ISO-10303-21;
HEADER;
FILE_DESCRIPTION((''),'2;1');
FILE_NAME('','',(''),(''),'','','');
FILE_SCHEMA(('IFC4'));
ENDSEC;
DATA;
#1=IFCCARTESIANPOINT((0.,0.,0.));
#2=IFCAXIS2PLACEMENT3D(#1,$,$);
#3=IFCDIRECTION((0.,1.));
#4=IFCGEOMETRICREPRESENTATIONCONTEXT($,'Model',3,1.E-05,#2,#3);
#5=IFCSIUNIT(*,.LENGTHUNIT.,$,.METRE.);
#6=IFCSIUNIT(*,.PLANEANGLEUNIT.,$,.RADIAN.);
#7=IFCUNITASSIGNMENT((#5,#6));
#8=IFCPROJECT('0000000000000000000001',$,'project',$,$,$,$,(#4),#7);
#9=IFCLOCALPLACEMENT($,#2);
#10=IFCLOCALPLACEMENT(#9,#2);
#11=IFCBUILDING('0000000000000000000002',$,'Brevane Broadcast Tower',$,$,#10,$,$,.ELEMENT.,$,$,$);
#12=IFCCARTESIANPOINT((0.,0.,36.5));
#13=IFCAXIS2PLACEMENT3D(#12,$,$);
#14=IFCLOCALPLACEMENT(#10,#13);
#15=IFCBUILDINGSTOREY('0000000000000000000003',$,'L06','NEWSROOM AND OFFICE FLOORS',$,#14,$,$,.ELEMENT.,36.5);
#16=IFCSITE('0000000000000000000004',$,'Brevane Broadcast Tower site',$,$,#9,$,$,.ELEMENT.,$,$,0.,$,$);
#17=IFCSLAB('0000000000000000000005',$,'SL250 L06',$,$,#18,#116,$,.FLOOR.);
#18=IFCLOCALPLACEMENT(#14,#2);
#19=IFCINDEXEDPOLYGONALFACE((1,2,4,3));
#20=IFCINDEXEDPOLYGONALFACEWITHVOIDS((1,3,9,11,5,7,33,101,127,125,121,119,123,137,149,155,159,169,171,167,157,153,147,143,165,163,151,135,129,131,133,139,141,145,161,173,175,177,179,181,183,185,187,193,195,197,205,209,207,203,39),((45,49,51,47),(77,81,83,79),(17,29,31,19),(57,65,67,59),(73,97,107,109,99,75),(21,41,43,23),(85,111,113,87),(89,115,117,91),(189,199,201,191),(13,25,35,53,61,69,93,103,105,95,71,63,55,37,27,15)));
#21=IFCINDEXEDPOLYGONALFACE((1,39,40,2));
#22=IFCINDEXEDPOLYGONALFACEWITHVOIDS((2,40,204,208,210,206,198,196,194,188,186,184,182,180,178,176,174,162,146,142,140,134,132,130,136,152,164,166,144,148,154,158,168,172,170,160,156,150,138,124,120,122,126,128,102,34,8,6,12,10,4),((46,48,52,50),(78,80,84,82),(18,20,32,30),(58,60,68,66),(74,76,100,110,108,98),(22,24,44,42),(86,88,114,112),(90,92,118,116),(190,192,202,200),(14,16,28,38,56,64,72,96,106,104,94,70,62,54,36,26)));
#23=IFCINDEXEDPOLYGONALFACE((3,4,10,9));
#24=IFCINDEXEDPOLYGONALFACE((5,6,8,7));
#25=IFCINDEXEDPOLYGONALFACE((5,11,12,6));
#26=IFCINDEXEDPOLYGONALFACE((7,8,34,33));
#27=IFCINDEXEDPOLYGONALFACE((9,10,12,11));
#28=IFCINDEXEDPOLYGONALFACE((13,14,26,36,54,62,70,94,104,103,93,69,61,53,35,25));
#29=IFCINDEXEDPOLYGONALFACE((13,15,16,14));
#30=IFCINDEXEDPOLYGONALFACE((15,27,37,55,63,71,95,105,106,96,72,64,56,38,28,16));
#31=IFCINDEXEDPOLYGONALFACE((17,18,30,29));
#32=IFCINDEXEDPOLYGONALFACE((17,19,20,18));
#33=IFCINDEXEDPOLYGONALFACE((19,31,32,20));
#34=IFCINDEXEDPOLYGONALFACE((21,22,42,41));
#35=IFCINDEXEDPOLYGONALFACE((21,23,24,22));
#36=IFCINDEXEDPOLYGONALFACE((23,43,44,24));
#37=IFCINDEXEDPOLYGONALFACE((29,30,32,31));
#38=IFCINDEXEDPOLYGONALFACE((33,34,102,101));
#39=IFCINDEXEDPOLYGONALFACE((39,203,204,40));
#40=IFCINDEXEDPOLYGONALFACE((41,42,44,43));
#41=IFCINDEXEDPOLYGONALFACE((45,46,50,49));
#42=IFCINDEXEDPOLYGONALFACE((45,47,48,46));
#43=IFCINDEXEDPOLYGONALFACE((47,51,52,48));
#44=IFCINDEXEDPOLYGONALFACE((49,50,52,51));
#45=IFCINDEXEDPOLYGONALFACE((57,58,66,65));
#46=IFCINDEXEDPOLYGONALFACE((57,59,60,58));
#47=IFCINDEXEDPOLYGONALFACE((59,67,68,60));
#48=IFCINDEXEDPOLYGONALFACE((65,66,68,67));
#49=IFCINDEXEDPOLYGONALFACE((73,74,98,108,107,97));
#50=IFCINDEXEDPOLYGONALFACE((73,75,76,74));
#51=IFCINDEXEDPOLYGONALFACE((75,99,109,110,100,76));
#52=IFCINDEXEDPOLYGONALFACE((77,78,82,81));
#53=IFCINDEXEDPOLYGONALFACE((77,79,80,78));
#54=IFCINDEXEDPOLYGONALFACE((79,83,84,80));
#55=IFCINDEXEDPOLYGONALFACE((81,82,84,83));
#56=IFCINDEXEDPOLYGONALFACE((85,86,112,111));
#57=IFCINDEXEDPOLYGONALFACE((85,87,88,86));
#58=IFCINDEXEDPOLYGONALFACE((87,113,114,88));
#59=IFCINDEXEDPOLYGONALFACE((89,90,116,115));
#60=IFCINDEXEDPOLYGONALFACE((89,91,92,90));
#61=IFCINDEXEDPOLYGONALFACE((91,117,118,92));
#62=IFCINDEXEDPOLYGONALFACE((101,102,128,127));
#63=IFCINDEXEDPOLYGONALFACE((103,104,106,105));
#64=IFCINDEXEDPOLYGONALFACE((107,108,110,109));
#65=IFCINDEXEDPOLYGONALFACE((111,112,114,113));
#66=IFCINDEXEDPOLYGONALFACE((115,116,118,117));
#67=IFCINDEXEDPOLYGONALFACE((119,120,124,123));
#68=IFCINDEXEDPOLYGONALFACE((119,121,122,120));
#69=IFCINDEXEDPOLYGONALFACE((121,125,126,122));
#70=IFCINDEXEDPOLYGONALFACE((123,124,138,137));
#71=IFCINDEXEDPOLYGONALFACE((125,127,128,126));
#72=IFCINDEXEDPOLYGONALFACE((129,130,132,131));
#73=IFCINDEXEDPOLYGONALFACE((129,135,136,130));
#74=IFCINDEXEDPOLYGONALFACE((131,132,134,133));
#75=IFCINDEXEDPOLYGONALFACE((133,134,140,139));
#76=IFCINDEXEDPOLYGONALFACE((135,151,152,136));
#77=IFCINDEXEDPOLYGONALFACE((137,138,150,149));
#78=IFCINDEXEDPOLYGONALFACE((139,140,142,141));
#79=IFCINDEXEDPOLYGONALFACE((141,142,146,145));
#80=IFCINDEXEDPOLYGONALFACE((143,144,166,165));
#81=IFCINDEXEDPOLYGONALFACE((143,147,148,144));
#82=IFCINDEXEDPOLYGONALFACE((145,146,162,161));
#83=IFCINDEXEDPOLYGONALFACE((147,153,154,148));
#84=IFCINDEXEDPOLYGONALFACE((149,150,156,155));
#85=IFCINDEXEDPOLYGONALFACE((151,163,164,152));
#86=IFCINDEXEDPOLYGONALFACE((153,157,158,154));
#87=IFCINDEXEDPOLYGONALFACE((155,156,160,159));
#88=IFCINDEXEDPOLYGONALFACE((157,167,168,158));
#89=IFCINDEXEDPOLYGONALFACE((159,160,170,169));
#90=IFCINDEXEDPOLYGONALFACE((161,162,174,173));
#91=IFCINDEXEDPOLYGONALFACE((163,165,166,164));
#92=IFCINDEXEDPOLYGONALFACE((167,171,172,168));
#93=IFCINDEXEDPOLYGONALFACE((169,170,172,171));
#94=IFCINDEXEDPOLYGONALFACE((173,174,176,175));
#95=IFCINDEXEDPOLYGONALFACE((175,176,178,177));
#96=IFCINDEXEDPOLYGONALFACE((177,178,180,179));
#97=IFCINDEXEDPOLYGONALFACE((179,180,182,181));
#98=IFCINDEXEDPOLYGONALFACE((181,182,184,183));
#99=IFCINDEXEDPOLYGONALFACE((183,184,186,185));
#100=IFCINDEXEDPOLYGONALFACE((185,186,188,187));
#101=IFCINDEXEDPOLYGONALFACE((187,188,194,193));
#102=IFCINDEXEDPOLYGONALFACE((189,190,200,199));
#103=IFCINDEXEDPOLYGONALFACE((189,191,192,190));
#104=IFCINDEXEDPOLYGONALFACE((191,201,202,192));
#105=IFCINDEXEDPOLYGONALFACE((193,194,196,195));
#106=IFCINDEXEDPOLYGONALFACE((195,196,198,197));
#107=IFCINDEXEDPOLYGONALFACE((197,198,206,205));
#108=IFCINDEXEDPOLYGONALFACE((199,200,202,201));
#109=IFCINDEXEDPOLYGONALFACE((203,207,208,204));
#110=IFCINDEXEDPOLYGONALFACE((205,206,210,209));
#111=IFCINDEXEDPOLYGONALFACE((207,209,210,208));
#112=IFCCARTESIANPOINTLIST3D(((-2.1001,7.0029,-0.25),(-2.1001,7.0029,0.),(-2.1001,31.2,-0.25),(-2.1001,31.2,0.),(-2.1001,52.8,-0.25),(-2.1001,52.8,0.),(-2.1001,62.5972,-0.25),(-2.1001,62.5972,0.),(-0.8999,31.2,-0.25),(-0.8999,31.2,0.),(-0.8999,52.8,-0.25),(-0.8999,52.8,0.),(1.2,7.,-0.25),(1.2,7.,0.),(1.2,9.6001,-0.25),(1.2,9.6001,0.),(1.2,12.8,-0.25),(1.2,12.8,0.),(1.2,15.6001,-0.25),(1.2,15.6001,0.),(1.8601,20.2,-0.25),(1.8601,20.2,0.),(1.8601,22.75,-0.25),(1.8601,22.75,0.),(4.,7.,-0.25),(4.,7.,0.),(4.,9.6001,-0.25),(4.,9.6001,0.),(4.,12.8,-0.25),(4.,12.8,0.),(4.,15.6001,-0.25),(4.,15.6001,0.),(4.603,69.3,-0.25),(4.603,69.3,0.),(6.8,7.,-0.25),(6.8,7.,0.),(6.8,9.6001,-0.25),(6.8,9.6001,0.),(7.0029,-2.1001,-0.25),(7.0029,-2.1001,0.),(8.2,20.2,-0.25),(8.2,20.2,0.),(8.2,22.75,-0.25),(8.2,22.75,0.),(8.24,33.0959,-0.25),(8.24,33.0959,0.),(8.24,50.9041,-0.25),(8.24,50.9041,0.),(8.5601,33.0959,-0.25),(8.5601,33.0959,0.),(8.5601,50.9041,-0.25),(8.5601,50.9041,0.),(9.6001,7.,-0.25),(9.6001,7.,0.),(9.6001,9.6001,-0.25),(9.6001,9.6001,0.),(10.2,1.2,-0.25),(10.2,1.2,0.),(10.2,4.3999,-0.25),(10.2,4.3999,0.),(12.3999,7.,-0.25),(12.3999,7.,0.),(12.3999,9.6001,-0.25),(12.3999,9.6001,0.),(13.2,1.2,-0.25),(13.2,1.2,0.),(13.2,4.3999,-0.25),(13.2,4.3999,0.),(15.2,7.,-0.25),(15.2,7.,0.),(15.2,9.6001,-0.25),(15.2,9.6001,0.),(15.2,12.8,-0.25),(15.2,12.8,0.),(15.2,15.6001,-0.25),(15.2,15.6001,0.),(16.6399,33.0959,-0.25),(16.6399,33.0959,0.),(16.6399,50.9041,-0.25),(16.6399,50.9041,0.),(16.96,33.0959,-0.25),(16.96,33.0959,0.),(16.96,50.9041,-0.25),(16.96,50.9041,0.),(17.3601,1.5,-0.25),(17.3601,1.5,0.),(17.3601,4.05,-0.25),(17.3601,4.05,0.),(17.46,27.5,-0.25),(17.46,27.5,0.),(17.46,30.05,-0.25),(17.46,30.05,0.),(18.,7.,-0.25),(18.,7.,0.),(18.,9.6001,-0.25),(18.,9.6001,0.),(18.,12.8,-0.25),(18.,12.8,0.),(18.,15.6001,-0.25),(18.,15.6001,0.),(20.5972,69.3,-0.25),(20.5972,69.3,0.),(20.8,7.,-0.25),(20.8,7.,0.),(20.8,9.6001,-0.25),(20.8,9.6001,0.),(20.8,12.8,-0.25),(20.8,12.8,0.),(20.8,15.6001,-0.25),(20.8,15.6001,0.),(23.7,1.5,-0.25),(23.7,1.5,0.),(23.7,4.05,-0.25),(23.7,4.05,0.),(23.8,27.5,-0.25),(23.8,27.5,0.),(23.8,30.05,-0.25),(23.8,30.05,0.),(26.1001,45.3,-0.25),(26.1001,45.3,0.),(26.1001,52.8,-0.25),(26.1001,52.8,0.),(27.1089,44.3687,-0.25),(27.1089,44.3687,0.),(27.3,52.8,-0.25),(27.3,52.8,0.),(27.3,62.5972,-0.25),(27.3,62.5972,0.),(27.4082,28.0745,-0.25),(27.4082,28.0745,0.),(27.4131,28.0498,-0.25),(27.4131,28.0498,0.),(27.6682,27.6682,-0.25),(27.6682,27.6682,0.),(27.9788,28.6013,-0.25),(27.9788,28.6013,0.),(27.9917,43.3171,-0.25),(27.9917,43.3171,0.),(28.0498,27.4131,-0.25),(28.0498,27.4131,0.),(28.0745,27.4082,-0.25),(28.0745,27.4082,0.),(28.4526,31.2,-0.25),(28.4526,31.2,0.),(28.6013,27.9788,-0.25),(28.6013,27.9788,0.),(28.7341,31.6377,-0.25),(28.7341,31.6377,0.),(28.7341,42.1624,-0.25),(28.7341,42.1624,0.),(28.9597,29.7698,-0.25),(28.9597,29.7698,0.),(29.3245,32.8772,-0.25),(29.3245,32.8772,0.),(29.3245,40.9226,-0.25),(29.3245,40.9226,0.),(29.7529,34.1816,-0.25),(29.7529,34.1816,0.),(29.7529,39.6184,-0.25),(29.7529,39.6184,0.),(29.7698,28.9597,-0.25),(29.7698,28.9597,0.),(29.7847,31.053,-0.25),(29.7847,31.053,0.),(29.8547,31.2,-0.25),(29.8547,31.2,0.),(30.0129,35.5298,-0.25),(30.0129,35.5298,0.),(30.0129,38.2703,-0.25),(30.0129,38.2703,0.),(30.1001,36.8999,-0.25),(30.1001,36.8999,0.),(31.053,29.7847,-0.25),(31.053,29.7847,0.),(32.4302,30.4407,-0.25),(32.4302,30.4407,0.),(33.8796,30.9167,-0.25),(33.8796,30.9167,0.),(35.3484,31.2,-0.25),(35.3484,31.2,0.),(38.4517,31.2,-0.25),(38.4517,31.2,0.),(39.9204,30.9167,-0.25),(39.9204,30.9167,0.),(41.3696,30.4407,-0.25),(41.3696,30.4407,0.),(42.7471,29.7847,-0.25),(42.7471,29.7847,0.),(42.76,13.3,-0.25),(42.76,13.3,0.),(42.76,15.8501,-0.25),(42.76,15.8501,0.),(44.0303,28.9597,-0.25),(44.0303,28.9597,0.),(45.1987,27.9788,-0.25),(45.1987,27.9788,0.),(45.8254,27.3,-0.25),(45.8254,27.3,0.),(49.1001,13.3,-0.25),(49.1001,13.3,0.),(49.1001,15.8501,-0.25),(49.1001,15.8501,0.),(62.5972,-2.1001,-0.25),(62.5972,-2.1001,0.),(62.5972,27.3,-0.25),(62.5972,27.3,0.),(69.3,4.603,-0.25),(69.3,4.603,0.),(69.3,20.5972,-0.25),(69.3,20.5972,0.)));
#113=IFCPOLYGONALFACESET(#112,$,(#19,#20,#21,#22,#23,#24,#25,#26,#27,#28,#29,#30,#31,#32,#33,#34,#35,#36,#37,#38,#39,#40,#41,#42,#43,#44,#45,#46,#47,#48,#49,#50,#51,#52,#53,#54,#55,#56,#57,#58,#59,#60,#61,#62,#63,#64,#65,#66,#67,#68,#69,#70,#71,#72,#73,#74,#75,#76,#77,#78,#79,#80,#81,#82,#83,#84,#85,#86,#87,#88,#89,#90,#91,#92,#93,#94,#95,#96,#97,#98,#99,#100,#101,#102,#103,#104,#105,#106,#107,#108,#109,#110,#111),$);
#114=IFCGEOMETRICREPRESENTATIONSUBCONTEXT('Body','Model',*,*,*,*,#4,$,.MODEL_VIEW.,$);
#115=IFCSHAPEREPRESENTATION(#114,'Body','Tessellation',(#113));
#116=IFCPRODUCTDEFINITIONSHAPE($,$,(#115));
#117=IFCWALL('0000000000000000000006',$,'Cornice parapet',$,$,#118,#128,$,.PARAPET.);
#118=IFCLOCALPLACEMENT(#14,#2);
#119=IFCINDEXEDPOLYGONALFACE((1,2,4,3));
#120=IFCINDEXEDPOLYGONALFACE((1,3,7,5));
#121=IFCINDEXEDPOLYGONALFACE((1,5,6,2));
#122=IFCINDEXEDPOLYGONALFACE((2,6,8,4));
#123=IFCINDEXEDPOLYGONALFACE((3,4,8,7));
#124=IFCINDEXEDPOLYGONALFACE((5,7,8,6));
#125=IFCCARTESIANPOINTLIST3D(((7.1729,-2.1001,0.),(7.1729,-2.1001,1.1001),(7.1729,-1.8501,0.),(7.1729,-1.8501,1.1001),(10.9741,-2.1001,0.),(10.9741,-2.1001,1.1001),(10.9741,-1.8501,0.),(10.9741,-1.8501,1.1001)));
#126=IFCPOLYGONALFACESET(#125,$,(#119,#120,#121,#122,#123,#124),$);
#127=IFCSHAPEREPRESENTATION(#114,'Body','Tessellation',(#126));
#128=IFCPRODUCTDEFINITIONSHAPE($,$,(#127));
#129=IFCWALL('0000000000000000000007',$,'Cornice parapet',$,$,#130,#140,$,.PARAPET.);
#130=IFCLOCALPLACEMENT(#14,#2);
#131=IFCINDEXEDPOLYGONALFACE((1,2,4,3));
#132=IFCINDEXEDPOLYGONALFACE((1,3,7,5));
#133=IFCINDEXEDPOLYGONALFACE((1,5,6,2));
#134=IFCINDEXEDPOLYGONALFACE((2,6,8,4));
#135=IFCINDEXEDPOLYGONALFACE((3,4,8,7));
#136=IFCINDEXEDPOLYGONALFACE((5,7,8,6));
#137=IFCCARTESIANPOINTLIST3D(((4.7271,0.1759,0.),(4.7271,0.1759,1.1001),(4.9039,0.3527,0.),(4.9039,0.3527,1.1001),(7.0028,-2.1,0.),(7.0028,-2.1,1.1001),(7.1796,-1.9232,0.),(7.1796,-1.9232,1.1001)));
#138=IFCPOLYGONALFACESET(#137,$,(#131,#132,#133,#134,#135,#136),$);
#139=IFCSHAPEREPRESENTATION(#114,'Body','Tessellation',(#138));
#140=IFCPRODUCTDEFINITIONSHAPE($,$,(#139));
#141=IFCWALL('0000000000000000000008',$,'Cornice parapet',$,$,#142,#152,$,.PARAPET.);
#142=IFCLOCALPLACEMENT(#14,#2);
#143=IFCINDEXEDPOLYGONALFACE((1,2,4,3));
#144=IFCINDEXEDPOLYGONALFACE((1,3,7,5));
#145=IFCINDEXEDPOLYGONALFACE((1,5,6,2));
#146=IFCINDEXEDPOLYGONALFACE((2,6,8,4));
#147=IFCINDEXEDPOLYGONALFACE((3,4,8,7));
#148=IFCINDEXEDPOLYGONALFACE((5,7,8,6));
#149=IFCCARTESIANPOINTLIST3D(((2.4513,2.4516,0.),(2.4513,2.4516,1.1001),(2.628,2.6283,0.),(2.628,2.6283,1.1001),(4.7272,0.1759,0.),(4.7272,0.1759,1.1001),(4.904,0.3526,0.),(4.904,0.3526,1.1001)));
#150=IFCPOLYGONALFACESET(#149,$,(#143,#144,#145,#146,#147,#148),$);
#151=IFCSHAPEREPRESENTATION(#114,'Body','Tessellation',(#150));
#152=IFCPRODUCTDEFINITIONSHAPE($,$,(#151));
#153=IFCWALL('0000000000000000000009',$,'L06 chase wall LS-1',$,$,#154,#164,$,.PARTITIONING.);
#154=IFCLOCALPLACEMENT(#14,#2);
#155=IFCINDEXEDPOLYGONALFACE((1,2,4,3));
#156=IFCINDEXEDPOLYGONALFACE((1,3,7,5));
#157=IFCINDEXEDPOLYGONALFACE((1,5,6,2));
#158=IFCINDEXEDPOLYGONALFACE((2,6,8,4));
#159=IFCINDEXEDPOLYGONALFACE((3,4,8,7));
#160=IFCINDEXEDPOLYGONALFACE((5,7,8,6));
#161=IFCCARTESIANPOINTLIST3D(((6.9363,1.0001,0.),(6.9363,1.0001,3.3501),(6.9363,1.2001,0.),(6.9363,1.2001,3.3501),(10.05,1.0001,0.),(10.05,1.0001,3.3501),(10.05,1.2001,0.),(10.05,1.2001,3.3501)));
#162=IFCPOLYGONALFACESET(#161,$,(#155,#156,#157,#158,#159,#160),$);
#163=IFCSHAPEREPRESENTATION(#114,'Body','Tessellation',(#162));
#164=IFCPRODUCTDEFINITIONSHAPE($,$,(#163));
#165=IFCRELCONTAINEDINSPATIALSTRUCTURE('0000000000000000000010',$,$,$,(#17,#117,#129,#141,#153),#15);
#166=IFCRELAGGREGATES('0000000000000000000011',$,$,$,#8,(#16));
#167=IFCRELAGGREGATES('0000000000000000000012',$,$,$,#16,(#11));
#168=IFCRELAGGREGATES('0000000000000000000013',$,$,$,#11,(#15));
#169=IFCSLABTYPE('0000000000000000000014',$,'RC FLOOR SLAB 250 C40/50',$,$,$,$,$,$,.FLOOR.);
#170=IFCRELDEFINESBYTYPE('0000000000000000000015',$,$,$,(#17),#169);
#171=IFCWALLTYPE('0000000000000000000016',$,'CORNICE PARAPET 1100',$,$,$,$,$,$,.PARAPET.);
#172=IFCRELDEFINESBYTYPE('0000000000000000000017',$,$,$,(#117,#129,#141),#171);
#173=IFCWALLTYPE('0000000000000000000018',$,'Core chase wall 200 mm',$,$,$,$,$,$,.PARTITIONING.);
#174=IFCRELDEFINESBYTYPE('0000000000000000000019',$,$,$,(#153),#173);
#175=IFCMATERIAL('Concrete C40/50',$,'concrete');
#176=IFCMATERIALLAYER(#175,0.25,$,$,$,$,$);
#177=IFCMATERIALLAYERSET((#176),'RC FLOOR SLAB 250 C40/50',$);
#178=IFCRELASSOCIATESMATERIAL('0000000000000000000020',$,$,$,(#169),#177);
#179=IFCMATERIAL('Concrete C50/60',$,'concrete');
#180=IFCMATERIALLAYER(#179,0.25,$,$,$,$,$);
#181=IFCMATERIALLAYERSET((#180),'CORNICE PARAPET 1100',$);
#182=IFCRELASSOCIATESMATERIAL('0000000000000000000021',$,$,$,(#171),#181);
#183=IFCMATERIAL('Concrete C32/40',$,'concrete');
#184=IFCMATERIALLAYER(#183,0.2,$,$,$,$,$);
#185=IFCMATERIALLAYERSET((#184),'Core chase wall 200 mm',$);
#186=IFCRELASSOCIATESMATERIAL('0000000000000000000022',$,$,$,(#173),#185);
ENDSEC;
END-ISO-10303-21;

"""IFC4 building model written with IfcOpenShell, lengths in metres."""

from ifc_helpers import new_model, si_unit, direction, frame, frame_2d, origin, place, context, subcontext, project, spatial, polyline, rectangle, outline, extrude, material, layer, layer_set, type_object, element, save


model = new_model("IFC4")

# Units and contexts
model_context = context("Model", 3, precision=1e-05, world=origin(), true_north=direction((0.0, 1.0)))
body_context = subcontext(model_context, "Body", "Model", "MODEL_VIEW")
ifc_project = project(units=[si_unit("LENGTHUNIT", "METRE"), si_unit("PLANEANGLEUNIT", "RADIAN")], contexts=[model_context])

# Site, building, storey
site_placement = place(None, origin())
site = spatial("IfcSite", under=ifc_project, at=site_placement, Name="Brevane Broadcast Tower site", CompositionType="ELEMENT", RefElevation=0.0)
building_placement = place(site_placement, origin())
building = spatial("IfcBuilding", under=site, at=building_placement, Name="Brevane Broadcast Tower", CompositionType="ELEMENT")
storey_placement = place(building_placement, frame((0.0, 0.0, 36.5)))
storey = spatial("IfcBuildingStorey", under=building, at=storey_placement, Name="L06", Description="NEWSROOM AND OFFICE FLOORS", CompositionType="ELEMENT", Elevation=36.5)

# Shared definitions
ifc_material_1 = material(Name="Concrete C50/60", Category="concrete")

# Slab
ifc_material_2 = material(Name="Concrete C40/50", Category="concrete")
ifc_layer_1 = layer(ifc_material_2, 0.25)
ifc_layer_set_1 = layer_set([ifc_layer_1], Name="RC FLOOR SLAB 250 C40/50")
slab_type_1 = type_object("IfcSlabType", Name="RC FLOOR SLAB 250 C40/50", PredefinedType="FLOOR", material=ifc_layer_set_1)
slab_1_placement = place(storey_placement, frame((0.0, 0.0, -0.25)))
element("IfcSlab", 1, at=slab_1_placement, inside=storey, type_object=slab_type_1, Name="SL250 L06", PredefinedType="FLOOR", context=body_context, shape_type="SweptSolid", body=[
    extrude(outline(polyline([(-0.8999, 52.8), (-2.1001, 52.8), (-2.1001, 62.5972), (4.603, 69.3), (20.5972, 69.3), (27.3, 62.5972), (27.3, 52.8), (26.1001, 52.8), (26.1001, 45.3), (27.1089, 44.3687), (27.9917, 43.3171), (28.7341, 42.1624), (29.3245, 40.9226), (29.7529, 39.6184), (30.0129, 38.2703), (30.1001, 36.8999), (30.0129, 35.5298), (29.7529, 34.1816), (29.3245, 32.8772), (28.7341, 31.6377), (28.4526, 31.2), (29.8547, 31.2), (29.7847, 31.053), (28.9597, 29.7698), (27.9788, 28.6013), (27.4082, 28.0745), (27.4131, 28.0498), (27.6682, 27.6682), (28.0498, 27.4131), (28.0745, 27.4082), (28.6013, 27.9788), (29.7698, 28.9597), (31.053, 29.7847), (32.4302, 30.4407), (33.8796, 30.9167), (35.3484, 31.2), (38.4517, 31.2), (39.9204, 30.9167), (41.3696, 30.4407), (42.7471, 29.7847), (44.0303, 28.9597), (45.1987, 27.9788), (45.8254, 27.3), (62.5972, 27.3), (69.3, 20.5972), (69.3, 4.603), (62.5972, -2.1001), (7.0029, -2.1001), (-2.1001, 7.0029), (-2.1001, 31.2), (-0.8999, 31.2), (-0.8999, 52.8)]), holes=[polyline([(13.2, 1.2), (13.2, 4.3999), (10.2, 4.3999), (10.2, 1.2), (13.2, 1.2)]), polyline([(6.8, 9.6001), (4.0, 9.6001), (1.2, 9.6001), (1.2, 7.0), (4.0, 7.0), (6.8, 7.0), (9.6001, 7.0), (12.3999, 7.0), (15.2, 7.0), (18.0, 7.0), (20.8, 7.0), (20.8, 9.6001), (18.0, 9.6001), (15.2, 9.6001), (12.3999, 9.6001), (9.6001, 9.6001), (6.8, 9.6001)]), polyline([(4.0, 12.8), (4.0, 15.6001), (1.2, 15.6001), (1.2, 12.8), (4.0, 12.8)]), polyline([(8.2, 22.75), (1.8601, 22.75), (1.8601, 20.2), (8.2, 20.2), (8.2, 22.75)]), polyline([(8.5601, 50.9041), (8.24, 50.9041), (8.24, 33.0959), (8.5601, 33.0959), (8.5601, 50.9041)]), polyline([(23.7, 4.05), (17.3601, 4.05), (17.3601, 1.5), (23.7, 1.5), (23.7, 4.05)]), polyline([(18.0, 15.6001), (15.2, 15.6001), (15.2, 12.8), (18.0, 12.8), (20.8, 12.8), (20.8, 15.6001), (18.0, 15.6001)]), polyline([(49.1001, 15.8501), (42.76, 15.8501), (42.76, 13.3), (49.1001, 13.3), (49.1001, 15.8501)]), polyline([(23.8, 27.5), (23.8, 30.05), (17.46, 30.05), (17.46, 27.5), (23.8, 27.5)]), polyline([(16.96, 33.0959), (16.96, 50.9041), (16.6399, 50.9041), (16.6399, 33.0959), (16.96, 33.0959)])]), origin(), (0.0, 0.0, 1.0), 0.25),
])

# Walls
ifc_layer_2 = layer(ifc_material_1, 0.25)
ifc_layer_set_2 = layer_set([ifc_layer_2], Name="CORNICE PARAPET 1100")
wall_type_1 = type_object("IfcWallType", Name="CORNICE PARAPET 1100", PredefinedType="PARAPET", material=ifc_layer_set_2)
wall_1_placement = place(storey_placement, frame((10.9741, -1.9751, 0.0), z_axis=(0.0, 0.0, 1.0), x_axis=(-1.0, 0.0, 0.0)))
element("IfcWall", 2, at=wall_1_placement, inside=storey, type_object=wall_type_1, Name="Cornice parapet", PredefinedType="PARAPET", context=body_context, shape_type="SweptSolid", body=[
    extrude(rectangle(XDim=3.8013, YDim=0.25, at=frame_2d((1.9006, 0.0))), origin(), (0.0, 0.0, 1.0), 1.1001),
])
for number, where, z_axis, x_axis, name in (
    (3, (7.0913, -2.0117, 0.0), (0.0, 0.0, 1.0), (-0.707069, 0.707145, 0.0), "Cornice parapet"),
    (4, (4.8157, 0.2642, 0.0), (0.0, 0.0, 1.0), (-0.707145, 0.707069, 0.0), "Cornice parapet"),
):
    element("IfcWall", number, at=place(storey_placement, frame(where, z_axis=z_axis, x_axis=x_axis)), inside=storey, type_object=wall_type_1, Name=name, PredefinedType="PARAPET", context=body_context, shape_type="SweptSolid", body=[
        extrude(rectangle(XDim=3.2185, YDim=0.25, at=frame_2d((1.6094, 0.0))), origin(), (0.0, 0.0, 1.0), 1.1001),
    ])
ifc_material_3 = material(Name="Concrete C32/40", Category="concrete")
ifc_layer_3 = layer(ifc_material_3, 0.2)
ifc_layer_set_3 = layer_set([ifc_layer_3], Name="Core chase wall 200 mm")
wall_type_2 = type_object("IfcWallType", Name="Core chase wall 200 mm", PredefinedType="PARTITIONING", material=ifc_layer_set_3)
wall_2_placement = place(storey_placement, frame((6.9363, 1.1001, 0.0), z_axis=(0.0, 0.0, 1.0), x_axis=(1.0, 0.0, 0.0)))
element("IfcWall", 5, at=wall_2_placement, inside=storey, type_object=wall_type_2, Name="L06 chase wall LS-1", PredefinedType="PARTITIONING", context=body_context, shape_type="SweptSolid", body=[
    extrude(rectangle(XDim=3.1138, YDim=0.2, at=frame_2d((1.5569, 0.0))), origin(), (0.0, 0.0, 1.0), 3.3501),
])

save(model, "model.ifc")
